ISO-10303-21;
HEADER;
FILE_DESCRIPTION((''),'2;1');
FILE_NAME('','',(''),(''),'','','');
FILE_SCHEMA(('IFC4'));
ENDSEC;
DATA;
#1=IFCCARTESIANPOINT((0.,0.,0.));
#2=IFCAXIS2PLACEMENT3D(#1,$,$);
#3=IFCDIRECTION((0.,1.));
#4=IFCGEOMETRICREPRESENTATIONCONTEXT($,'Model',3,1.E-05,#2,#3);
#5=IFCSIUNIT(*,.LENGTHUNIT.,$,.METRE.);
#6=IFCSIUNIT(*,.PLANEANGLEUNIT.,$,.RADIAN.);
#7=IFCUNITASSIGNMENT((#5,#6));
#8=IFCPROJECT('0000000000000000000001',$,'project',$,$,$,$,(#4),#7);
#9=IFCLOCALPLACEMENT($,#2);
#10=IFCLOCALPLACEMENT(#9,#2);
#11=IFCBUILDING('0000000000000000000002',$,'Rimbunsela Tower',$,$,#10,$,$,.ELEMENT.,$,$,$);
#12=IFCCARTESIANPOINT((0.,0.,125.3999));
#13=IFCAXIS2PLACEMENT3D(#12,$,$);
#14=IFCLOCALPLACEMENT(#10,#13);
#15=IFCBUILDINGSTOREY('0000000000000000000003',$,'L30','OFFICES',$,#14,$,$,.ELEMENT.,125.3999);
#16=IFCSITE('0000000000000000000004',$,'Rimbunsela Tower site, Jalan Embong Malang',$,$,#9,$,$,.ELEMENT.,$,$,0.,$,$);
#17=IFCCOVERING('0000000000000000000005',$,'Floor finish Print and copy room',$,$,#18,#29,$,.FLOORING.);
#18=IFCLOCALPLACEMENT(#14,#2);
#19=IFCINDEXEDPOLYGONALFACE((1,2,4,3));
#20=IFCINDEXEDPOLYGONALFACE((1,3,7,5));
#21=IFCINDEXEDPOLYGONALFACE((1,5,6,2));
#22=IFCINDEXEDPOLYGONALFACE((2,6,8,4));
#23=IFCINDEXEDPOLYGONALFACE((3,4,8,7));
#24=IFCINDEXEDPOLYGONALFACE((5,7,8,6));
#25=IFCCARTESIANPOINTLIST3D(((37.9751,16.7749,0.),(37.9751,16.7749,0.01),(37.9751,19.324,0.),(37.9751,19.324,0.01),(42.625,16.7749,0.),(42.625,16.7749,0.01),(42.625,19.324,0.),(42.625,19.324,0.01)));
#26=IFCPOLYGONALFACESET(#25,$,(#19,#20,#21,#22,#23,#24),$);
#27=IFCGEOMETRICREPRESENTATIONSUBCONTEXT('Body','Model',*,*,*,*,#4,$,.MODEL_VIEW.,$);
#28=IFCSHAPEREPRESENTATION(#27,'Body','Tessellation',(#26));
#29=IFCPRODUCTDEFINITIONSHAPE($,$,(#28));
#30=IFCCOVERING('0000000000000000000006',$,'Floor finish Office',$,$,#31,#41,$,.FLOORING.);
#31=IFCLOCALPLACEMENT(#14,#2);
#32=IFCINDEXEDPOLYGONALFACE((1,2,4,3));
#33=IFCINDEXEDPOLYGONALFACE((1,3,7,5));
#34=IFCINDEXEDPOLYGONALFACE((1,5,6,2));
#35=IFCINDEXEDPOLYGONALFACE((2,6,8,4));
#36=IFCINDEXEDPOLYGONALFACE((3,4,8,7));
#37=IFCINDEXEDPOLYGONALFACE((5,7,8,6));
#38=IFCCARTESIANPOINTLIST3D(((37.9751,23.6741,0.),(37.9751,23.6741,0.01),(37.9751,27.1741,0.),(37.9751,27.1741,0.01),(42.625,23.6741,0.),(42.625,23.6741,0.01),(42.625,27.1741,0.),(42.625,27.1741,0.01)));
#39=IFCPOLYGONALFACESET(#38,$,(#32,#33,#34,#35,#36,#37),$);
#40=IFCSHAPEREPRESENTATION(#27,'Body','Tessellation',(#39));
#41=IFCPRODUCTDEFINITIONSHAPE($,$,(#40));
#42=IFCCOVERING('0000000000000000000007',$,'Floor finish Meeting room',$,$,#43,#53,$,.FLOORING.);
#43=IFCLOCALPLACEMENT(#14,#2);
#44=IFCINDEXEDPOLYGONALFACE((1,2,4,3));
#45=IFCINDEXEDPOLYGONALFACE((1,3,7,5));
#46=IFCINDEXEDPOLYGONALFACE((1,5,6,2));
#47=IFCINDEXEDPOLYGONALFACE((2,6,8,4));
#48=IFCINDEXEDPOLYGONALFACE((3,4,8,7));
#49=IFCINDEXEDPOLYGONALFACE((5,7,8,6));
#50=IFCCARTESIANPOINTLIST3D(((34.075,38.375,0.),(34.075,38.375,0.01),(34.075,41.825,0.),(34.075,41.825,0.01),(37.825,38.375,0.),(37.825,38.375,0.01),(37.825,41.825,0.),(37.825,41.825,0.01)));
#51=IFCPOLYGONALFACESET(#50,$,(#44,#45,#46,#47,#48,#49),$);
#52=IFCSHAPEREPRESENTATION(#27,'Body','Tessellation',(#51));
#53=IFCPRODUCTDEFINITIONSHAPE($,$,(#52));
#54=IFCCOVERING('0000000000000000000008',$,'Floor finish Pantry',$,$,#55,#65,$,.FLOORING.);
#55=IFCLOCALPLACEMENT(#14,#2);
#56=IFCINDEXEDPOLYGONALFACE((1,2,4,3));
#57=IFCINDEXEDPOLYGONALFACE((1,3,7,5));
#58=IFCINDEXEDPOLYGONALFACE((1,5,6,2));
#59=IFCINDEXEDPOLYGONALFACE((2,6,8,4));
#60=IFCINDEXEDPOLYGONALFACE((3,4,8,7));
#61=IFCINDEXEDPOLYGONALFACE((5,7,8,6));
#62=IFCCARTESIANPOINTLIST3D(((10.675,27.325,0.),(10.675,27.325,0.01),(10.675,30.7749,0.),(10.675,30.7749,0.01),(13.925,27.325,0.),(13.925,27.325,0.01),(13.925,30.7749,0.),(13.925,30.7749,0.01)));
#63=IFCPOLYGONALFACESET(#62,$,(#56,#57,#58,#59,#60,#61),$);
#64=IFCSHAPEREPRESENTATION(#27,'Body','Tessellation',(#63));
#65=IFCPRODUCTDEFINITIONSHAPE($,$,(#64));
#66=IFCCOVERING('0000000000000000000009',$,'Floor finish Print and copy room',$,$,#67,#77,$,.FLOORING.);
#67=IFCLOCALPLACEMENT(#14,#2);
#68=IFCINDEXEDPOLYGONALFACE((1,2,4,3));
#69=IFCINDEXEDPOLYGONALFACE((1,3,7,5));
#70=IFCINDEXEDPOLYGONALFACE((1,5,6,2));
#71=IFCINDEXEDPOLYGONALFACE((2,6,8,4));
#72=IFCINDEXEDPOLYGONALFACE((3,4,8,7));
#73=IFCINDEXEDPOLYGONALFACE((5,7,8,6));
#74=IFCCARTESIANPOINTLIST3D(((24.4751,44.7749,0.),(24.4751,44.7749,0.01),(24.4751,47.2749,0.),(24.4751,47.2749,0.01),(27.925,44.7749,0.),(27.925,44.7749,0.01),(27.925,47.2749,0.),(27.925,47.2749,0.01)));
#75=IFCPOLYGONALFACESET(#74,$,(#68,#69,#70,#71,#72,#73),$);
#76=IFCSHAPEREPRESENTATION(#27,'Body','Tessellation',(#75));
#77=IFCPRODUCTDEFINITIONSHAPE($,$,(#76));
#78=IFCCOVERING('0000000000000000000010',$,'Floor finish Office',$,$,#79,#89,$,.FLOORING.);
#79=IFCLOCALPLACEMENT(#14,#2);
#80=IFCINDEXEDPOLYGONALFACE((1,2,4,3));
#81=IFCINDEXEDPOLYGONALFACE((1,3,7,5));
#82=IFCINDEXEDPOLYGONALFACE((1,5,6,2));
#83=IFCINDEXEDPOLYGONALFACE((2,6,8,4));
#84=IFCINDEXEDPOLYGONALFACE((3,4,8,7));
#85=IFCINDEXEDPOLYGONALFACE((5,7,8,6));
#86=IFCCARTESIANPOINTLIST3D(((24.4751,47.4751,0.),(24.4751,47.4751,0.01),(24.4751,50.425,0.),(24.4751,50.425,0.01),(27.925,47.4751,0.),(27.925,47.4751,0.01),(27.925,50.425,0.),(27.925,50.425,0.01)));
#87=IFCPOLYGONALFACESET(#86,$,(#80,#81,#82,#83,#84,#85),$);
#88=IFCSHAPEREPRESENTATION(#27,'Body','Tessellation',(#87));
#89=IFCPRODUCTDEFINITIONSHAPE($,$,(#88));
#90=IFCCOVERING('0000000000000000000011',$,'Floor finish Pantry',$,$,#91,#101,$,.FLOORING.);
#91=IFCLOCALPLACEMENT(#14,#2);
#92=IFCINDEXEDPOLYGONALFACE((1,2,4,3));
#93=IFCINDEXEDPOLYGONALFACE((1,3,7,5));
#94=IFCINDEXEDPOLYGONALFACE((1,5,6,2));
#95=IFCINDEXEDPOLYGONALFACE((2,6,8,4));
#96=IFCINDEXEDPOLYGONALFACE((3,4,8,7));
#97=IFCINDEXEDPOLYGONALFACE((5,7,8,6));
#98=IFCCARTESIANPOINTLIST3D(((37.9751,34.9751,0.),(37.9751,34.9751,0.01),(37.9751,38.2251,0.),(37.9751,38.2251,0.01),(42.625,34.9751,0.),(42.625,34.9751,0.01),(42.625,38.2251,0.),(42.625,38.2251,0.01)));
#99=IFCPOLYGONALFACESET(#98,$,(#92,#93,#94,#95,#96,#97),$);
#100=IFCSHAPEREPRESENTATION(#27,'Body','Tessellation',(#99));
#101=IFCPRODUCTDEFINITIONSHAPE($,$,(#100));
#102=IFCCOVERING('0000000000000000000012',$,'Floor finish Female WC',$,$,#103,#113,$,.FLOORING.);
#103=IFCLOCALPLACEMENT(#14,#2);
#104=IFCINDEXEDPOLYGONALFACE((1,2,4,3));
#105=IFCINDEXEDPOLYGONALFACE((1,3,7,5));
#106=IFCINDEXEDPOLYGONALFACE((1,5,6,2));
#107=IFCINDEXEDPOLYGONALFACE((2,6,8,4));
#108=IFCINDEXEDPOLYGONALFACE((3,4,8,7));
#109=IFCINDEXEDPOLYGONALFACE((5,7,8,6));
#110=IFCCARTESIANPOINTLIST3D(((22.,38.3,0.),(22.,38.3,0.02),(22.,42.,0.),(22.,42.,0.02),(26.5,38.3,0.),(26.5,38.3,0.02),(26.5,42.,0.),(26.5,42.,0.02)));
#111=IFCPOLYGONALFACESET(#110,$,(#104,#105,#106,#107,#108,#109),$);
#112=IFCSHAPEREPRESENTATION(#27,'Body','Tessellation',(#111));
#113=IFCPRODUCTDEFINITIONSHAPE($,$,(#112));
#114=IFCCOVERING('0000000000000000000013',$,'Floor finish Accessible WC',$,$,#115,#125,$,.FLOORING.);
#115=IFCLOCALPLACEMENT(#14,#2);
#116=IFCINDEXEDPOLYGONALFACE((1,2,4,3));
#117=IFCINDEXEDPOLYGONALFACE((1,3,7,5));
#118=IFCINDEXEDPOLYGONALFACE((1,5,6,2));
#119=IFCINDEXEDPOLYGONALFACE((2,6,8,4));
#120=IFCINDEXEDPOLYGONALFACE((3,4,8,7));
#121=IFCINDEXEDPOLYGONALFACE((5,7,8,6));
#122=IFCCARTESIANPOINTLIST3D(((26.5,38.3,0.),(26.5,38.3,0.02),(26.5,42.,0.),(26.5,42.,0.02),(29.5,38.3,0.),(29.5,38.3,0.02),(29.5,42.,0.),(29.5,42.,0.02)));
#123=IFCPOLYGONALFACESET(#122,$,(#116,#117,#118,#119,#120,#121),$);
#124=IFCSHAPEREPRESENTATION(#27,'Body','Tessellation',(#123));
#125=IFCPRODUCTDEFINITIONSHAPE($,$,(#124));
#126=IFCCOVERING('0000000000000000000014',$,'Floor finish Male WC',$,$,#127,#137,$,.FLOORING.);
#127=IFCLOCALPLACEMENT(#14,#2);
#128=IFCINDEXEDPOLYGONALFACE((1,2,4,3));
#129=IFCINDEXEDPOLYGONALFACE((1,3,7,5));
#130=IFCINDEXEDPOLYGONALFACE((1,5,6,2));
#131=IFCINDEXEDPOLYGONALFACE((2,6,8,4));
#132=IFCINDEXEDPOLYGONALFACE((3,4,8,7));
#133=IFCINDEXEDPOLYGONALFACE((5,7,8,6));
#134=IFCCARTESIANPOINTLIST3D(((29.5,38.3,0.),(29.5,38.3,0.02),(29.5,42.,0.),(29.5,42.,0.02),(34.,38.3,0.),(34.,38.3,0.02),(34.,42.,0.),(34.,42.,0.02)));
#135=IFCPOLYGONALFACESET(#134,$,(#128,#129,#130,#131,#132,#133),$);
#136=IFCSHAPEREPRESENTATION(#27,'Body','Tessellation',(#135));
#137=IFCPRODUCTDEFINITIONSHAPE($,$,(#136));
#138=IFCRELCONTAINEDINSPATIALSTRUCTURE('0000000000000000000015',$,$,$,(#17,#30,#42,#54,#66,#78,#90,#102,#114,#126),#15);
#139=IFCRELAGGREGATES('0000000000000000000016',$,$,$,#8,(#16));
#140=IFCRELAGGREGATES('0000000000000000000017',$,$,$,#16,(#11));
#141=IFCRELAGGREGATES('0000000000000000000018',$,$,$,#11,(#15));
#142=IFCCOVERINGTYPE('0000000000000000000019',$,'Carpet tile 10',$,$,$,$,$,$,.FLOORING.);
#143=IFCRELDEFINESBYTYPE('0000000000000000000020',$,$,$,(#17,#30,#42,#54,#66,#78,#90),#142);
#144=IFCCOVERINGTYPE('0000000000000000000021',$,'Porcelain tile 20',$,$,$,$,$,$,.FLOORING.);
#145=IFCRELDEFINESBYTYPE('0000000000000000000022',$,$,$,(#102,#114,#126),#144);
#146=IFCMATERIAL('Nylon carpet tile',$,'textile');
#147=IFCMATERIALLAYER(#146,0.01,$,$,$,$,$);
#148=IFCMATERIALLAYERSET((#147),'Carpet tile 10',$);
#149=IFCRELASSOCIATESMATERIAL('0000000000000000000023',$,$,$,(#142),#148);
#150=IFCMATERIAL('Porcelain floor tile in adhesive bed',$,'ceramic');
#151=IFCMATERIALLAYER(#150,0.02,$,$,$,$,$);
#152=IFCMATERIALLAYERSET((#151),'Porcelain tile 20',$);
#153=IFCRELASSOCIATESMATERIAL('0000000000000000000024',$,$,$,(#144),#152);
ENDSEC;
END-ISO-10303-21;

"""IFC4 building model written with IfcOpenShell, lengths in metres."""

from ifc_helpers import new_model, si_unit, direction, frame, origin, place, context, subcontext, project, spatial, polyline, outline, extrude, material, layer, layer_set, type_object, element, save


model = new_model("IFC4")

# Units and contexts
model_context = context("Model", 3, precision=1e-05, world=origin(), true_north=direction((0.0, 1.0)))
body_context = subcontext(model_context, "Body", "Model", "MODEL_VIEW")
ifc_project = project(units=[si_unit("LENGTHUNIT", "METRE"), si_unit("PLANEANGLEUNIT", "RADIAN")], contexts=[model_context])

# Site, building, storey
site_placement = place(None, origin())
site = spatial("IfcSite", under=ifc_project, at=site_placement, Name="Rimbunsela Tower site, Jalan Embong Malang", CompositionType="ELEMENT", RefElevation=0.0)
building_placement = place(site_placement, origin())
building = spatial("IfcBuilding", under=site, at=building_placement, Name="Rimbunsela Tower", CompositionType="ELEMENT")
storey_placement = place(building_placement, frame((0.0, 0.0, 125.3999)))
storey = spatial("IfcBuildingStorey", under=building, at=storey_placement, Name="L30", Description="OFFICES", CompositionType="ELEMENT", Elevation=125.3999)

# Coverings
ifc_material_1 = material(Name="Nylon carpet tile", Category="textile")
ifc_layer_1 = layer(ifc_material_1, 0.01)
ifc_layer_set_1 = layer_set([ifc_layer_1], Name="Carpet tile 10")
covering_type_1 = type_object("IfcCoveringType", Name="Carpet tile 10", PredefinedType="FLOORING", material=ifc_layer_set_1)
covering_1_placement = place(storey_placement, origin())
element("IfcCovering", 1, at=covering_1_placement, inside=storey, type_object=covering_type_1, Name="Floor finish Print and copy room", PredefinedType="FLOORING", context=body_context, shape_type="SweptSolid", body=[
    extrude(outline(polyline([(42.625, 16.7749), (42.625, 19.324), (37.9751, 19.324), (37.9751, 16.7749), (42.625, 16.7749)])), origin(), (0.0, 0.0, 1.0), 0.01),
])
covering_2_placement = place(storey_placement, origin())
element("IfcCovering", 2, at=covering_2_placement, inside=storey, type_object=covering_type_1, Name="Floor finish Office", PredefinedType="FLOORING", context=body_context, shape_type="SweptSolid", body=[
    extrude(outline(polyline([(42.625, 23.6741), (42.625, 27.1741), (37.9751, 27.1741), (37.9751, 23.6741), (42.625, 23.6741)])), origin(), (0.0, 0.0, 1.0), 0.01),
])
covering_3_placement = place(storey_placement, origin())
element("IfcCovering", 3, at=covering_3_placement, inside=storey, type_object=covering_type_1, Name="Floor finish Meeting room", PredefinedType="FLOORING", context=body_context, shape_type="SweptSolid", body=[
    extrude(outline(polyline([(37.825, 38.375), (37.825, 41.825), (34.075, 41.825), (34.075, 38.375), (37.825, 38.375)])), origin(), (0.0, 0.0, 1.0), 0.01),
])
covering_4_placement = place(storey_placement, origin())
element("IfcCovering", 4, at=covering_4_placement, inside=storey, type_object=covering_type_1, Name="Floor finish Pantry", PredefinedType="FLOORING", context=body_context, shape_type="SweptSolid", body=[
    extrude(outline(polyline([(13.925, 27.325), (13.925, 30.7749), (10.675, 30.7749), (10.675, 27.325), (13.925, 27.325)])), origin(), (0.0, 0.0, 1.0), 0.01),
])
covering_5_placement = place(storey_placement, origin())
element("IfcCovering", 5, at=covering_5_placement, inside=storey, type_object=covering_type_1, Name="Floor finish Print and copy room", PredefinedType="FLOORING", context=body_context, shape_type="SweptSolid", body=[
    extrude(outline(polyline([(27.925, 44.7749), (27.925, 47.2749), (24.4751, 47.2749), (24.4751, 44.7749), (27.925, 44.7749)])), origin(), (0.0, 0.0, 1.0), 0.01),
])
covering_6_placement = place(storey_placement, origin())
element("IfcCovering", 6, at=covering_6_placement, inside=storey, type_object=covering_type_1, Name="Floor finish Office", PredefinedType="FLOORING", context=body_context, shape_type="SweptSolid", body=[
    extrude(outline(polyline([(27.925, 47.4751), (27.925, 50.425), (24.4751, 50.425), (24.4751, 47.4751), (27.925, 47.4751)])), origin(), (0.0, 0.0, 1.0), 0.01),
])
covering_7_placement = place(storey_placement, origin())
element("IfcCovering", 7, at=covering_7_placement, inside=storey, type_object=covering_type_1, Name="Floor finish Pantry", PredefinedType="FLOORING", context=body_context, shape_type="SweptSolid", body=[
    extrude(outline(polyline([(42.625, 34.9751), (42.625, 38.2251), (37.9751, 38.2251), (37.9751, 34.9751), (42.625, 34.9751)])), origin(), (0.0, 0.0, 1.0), 0.01),
])
ifc_material_2 = material(Name="Porcelain floor tile in adhesive bed", Category="ceramic")
ifc_layer_2 = layer(ifc_material_2, 0.02)
ifc_layer_set_2 = layer_set([ifc_layer_2], Name="Porcelain tile 20")
covering_type_2 = type_object("IfcCoveringType", Name="Porcelain tile 20", PredefinedType="FLOORING", material=ifc_layer_set_2)
covering_8_placement = place(storey_placement, origin())
element("IfcCovering", 8, at=covering_8_placement, inside=storey, type_object=covering_type_2, Name="Floor finish Female WC", PredefinedType="FLOORING", context=body_context, shape_type="SweptSolid", body=[
    extrude(outline(polyline([(26.5, 38.3), (26.5, 42.0), (22.0, 42.0), (22.0, 38.3), (26.5, 38.3)])), origin(), (0.0, 0.0, 1.0), 0.02),
])
covering_9_placement = place(storey_placement, origin())
element("IfcCovering", 9, at=covering_9_placement, inside=storey, type_object=covering_type_2, Name="Floor finish Accessible WC", PredefinedType="FLOORING", context=body_context, shape_type="SweptSolid", body=[
    extrude(outline(polyline([(29.5, 38.3), (29.5, 42.0), (26.5, 42.0), (26.5, 38.3), (29.5, 38.3)])), origin(), (0.0, 0.0, 1.0), 0.02),
])
covering_10_placement = place(storey_placement, origin())
element("IfcCovering", 10, at=covering_10_placement, inside=storey, type_object=covering_type_2, Name="Floor finish Male WC", PredefinedType="FLOORING", context=body_context, shape_type="SweptSolid", body=[
    extrude(outline(polyline([(34.0, 38.3), (34.0, 42.0), (29.5, 42.0), (29.5, 38.3), (34.0, 38.3)])), origin(), (0.0, 0.0, 1.0), 0.02),
])

save(model, "model.ifc")
